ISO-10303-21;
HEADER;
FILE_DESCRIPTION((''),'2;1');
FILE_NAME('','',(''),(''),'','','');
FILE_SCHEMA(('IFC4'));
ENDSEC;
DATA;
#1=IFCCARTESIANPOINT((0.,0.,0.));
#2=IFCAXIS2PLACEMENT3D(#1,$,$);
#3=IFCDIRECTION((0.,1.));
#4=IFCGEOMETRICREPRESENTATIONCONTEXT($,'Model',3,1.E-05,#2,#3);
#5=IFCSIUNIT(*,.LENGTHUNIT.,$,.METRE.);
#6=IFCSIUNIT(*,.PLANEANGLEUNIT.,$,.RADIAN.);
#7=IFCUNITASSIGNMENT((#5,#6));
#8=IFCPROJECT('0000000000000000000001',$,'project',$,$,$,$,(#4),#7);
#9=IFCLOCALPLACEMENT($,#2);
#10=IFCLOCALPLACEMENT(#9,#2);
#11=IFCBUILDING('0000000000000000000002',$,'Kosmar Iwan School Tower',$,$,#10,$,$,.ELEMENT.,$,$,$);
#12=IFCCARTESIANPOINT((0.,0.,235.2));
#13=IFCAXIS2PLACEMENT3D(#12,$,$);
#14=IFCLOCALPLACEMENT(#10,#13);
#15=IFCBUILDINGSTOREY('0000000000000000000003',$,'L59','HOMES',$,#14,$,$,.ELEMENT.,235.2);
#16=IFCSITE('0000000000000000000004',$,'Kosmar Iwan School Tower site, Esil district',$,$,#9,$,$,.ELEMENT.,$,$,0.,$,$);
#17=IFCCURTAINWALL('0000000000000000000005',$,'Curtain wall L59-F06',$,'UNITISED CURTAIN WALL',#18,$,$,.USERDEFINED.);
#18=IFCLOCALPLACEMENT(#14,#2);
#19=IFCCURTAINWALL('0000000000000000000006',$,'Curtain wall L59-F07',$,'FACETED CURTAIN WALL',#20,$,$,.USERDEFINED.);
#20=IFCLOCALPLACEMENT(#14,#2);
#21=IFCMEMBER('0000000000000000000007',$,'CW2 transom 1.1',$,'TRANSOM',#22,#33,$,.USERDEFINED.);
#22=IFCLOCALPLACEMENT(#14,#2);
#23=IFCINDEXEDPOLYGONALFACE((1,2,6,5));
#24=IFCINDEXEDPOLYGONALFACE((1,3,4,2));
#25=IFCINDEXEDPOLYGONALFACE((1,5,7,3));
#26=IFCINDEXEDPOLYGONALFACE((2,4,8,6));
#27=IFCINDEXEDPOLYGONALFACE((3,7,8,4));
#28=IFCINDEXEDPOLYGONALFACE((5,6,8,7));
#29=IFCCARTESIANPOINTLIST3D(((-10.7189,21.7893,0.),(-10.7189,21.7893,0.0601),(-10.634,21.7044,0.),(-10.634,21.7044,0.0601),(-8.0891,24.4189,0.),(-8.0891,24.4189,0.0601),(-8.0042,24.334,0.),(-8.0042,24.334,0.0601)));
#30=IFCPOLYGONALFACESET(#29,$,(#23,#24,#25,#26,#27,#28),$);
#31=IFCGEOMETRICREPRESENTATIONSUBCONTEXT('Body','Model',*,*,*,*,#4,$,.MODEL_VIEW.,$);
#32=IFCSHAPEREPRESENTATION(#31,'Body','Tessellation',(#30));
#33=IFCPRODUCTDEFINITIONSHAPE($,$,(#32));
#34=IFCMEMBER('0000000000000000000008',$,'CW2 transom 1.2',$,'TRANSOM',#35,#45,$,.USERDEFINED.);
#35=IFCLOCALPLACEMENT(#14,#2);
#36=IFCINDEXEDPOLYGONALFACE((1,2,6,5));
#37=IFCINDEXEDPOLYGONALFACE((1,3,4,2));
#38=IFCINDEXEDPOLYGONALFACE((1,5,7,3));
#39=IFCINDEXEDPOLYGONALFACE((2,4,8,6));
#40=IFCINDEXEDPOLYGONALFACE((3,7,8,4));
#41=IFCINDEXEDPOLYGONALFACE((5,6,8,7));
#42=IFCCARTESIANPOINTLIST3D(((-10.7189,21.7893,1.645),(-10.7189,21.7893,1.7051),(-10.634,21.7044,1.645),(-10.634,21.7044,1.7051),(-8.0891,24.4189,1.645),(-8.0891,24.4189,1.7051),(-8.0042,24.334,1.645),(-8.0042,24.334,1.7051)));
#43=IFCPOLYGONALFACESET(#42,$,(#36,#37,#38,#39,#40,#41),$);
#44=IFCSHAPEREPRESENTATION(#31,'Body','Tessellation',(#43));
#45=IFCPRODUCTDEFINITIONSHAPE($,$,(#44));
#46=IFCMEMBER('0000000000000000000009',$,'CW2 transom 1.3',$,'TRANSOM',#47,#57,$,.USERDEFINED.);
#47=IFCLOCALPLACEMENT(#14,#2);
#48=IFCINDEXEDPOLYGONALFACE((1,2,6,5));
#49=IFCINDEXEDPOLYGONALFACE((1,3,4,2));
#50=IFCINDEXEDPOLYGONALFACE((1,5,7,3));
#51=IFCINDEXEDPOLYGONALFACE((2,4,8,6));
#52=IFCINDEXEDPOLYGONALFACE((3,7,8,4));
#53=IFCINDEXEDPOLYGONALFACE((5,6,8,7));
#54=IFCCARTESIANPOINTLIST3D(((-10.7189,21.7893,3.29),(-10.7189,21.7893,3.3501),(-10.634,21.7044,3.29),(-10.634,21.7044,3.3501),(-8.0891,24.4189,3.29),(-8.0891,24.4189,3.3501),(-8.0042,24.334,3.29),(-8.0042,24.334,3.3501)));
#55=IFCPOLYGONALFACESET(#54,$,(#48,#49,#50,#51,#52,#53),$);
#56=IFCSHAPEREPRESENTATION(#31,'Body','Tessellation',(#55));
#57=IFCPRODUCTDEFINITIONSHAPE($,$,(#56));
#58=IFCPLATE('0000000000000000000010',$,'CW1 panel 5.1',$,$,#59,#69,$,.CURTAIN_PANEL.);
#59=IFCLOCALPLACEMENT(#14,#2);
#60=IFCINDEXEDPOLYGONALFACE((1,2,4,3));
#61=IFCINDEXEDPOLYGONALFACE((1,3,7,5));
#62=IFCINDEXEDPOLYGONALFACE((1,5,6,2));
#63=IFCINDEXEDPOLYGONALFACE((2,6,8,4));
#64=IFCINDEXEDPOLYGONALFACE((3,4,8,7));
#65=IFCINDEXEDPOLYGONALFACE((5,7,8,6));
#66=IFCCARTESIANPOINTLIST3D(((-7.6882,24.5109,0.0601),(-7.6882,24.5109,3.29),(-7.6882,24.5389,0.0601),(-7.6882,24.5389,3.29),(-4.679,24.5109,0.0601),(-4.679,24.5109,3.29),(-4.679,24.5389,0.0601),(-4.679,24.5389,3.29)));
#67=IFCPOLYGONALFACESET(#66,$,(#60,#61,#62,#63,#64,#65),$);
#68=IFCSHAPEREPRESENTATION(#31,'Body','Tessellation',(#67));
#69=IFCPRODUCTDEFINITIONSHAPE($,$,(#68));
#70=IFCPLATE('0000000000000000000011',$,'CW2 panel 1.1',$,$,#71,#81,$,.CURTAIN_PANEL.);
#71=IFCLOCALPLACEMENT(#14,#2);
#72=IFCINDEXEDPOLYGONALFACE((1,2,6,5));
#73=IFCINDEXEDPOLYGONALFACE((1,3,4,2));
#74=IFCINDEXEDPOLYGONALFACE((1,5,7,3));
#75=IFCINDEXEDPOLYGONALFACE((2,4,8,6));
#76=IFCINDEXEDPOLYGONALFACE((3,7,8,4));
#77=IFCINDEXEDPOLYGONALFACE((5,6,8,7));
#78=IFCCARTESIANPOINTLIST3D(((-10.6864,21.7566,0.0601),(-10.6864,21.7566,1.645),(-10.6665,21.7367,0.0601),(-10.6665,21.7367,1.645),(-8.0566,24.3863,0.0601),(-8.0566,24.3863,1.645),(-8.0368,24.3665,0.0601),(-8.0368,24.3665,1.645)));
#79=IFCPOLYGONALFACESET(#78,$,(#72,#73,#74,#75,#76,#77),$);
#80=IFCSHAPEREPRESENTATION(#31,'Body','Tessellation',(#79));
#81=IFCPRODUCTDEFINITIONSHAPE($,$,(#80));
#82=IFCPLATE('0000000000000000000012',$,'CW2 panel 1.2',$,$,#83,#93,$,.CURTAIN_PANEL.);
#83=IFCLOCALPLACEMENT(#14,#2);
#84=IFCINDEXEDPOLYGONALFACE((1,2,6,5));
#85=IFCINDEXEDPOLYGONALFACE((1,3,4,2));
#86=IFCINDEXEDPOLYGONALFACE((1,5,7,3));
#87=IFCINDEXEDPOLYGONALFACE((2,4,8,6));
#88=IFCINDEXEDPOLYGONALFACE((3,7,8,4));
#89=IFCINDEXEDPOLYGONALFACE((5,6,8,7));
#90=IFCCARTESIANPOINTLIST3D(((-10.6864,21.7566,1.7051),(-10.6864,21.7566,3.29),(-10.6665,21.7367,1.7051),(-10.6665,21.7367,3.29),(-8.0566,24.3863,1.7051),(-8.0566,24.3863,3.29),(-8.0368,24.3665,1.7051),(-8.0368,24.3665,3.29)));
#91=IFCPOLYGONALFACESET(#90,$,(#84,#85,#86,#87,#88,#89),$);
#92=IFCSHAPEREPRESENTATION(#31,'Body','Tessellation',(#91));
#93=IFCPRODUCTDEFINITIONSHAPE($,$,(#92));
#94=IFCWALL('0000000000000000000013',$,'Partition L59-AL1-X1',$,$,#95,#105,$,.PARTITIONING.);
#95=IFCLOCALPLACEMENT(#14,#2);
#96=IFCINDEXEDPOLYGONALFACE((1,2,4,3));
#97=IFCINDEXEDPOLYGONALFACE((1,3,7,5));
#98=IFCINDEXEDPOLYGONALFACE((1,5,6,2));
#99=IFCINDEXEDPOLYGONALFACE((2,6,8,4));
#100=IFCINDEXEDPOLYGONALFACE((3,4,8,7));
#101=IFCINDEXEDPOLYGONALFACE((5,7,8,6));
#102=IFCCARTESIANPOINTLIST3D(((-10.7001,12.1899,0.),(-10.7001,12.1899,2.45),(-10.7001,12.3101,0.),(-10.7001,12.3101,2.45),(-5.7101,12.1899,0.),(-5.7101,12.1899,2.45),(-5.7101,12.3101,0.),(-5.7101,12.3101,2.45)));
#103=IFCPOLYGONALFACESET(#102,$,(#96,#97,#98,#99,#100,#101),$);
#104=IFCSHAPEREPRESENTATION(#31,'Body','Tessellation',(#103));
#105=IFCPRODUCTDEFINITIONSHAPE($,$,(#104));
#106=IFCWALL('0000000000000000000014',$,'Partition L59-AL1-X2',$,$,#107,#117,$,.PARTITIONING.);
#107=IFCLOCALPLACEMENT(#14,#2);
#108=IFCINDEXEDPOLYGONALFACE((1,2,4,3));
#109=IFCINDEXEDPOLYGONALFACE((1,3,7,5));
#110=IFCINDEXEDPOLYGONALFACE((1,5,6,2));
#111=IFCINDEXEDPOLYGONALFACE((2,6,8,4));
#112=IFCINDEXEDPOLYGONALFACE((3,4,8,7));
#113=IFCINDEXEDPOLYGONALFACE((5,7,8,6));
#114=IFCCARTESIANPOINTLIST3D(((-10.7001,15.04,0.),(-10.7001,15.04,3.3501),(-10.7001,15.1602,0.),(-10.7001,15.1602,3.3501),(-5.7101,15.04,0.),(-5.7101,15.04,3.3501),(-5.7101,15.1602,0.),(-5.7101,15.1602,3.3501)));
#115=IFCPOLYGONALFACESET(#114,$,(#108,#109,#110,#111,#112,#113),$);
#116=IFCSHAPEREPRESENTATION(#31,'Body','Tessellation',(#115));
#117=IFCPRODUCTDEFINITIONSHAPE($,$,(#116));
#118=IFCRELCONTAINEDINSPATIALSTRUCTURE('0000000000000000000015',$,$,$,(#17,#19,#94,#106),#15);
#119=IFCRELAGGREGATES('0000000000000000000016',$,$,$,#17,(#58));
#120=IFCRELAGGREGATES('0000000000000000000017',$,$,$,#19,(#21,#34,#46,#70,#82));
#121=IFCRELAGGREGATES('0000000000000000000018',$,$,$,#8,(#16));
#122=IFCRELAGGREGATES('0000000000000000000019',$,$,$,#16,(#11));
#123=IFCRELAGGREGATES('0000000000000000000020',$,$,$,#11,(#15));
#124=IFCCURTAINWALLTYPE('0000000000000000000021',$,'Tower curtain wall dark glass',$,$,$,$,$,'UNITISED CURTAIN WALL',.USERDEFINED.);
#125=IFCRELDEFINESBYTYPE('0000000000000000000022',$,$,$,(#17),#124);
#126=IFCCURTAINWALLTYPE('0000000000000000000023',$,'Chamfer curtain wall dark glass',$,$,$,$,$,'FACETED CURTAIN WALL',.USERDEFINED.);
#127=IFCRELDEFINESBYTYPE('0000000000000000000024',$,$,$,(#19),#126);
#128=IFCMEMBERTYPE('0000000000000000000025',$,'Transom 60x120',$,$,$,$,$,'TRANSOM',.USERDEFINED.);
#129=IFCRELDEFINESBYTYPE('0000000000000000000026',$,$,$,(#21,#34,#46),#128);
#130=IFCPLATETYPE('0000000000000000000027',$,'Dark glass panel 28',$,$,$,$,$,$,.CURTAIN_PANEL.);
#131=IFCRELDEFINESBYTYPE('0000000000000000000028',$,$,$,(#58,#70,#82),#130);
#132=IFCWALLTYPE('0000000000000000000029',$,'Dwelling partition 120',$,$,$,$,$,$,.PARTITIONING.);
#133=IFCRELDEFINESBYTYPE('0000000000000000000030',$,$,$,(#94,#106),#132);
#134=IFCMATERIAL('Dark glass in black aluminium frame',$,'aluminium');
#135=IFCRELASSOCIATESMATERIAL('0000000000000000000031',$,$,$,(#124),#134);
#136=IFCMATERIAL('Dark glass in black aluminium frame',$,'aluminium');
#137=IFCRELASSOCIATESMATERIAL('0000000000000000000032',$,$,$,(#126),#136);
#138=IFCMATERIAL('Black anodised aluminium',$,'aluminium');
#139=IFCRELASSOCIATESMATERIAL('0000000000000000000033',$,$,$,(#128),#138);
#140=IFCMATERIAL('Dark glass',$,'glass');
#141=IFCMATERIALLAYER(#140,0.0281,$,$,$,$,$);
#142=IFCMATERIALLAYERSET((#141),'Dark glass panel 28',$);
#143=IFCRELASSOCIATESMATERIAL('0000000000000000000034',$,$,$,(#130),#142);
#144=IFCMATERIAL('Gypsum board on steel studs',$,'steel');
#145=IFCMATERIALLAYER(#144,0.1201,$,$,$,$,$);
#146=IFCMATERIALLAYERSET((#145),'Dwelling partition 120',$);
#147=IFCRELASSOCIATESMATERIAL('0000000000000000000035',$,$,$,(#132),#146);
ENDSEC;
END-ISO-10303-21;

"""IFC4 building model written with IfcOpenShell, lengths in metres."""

from ifc_helpers import new_model, si_unit, direction, frame, frame_2d, origin, origin_2d, place, context, subcontext, project, spatial, rectangle, extrude, material, layer, layer_set, material_profile, profile_set, type_object, element, aggregate, save


model = new_model("IFC4")

# Units and contexts
model_context = context("Model", 3, precision=1e-05, world=origin(), true_north=direction((0.0, 1.0)))
body_context = subcontext(model_context, "Body", "Model", "MODEL_VIEW")
ifc_project = project(units=[si_unit("LENGTHUNIT", "METRE"), si_unit("PLANEANGLEUNIT", "RADIAN")], contexts=[model_context])

# Site, building, storey
site_placement = place(None, origin())
site = spatial("IfcSite", under=ifc_project, at=site_placement, Name="Kosmar Iwan School Tower site, Esil district", CompositionType="ELEMENT", RefElevation=0.0)
building_placement = place(site_placement, origin())
building = spatial("IfcBuilding", under=site, at=building_placement, Name="Kosmar Iwan School Tower", CompositionType="ELEMENT")
storey_placement = place(building_placement, frame((0.0, 0.0, 235.2)))
storey = spatial("IfcBuildingStorey", under=building, at=storey_placement, Name="L59", Description="HOMES", CompositionType="ELEMENT", Elevation=235.2)

# Curtain wall
ifc_material_1 = material(Name="Dark glass in black aluminium frame", Category="aluminium")
curtain_wall_type_1 = type_object("IfcCurtainWallType", Name="Tower curtain wall dark glass", ElementType="UNITISED CURTAIN WALL", PredefinedType="USERDEFINED", material=ifc_material_1)
curtain_wall_1_placement = place(storey_placement, origin())
curtain_wall_1 = element("IfcCurtainWall", 1, at=curtain_wall_1_placement, inside=storey, type_object=curtain_wall_type_1, Name="Curtain wall L59-F06", ObjectType="UNITISED CURTAIN WALL", PredefinedType="USERDEFINED")

# Curtain wall
ifc_material_2 = material(Name="Dark glass in black aluminium frame", Category="aluminium")
curtain_wall_type_2 = type_object("IfcCurtainWallType", Name="Chamfer curtain wall dark glass", ElementType="FACETED CURTAIN WALL", PredefinedType="USERDEFINED", material=ifc_material_2)
curtain_wall_2_placement = place(storey_placement, origin())
curtain_wall_2 = element("IfcCurtainWall", 2, at=curtain_wall_2_placement, inside=storey, type_object=curtain_wall_type_2, Name="Curtain wall L59-F07", ObjectType="FACETED CURTAIN WALL", PredefinedType="USERDEFINED")

# Members
ifc_material_3 = material(Name="Black anodised aluminium", Category="aluminium")
ifc_material_profile_1 = material_profile(ifc_material_3, rectangle(XDim=0.1201, YDim=0.0601, at=origin_2d()), Name="TRANSOM 60x120")
ifc_profile_set_1 = profile_set([ifc_material_profile_1], Name="Black anodised aluminium")
member_type_1 = type_object("IfcMemberType", Name="Transom 60x120", ElementType="TRANSOM", PredefinedType="USERDEFINED", material=ifc_profile_set_1)
member_1_placement = place(storey_placement, frame((-8.0466, 24.3765, 0.03), z_axis=(-0.70714, -0.707074, 0.0), x_axis=(0.707074, -0.70714, 0.0)))
member_1 = element("IfcMember", 3, at=member_1_placement, type_object=member_type_1, Name="CW2 transom 1.1", ObjectType="TRANSOM", PredefinedType="USERDEFINED", context=body_context, shape_type="SweptSolid", body=[
    extrude(rectangle(XDim=0.1201, YDim=0.0601, at=origin_2d()), origin(), (0.0, 0.0, 1.0), 3.719),
])
member_2_placement = place(storey_placement, frame((-8.0466, 24.3765, 1.675), z_axis=(-0.70714, -0.707074, 0.0), x_axis=(0.707074, -0.70714, 0.0)))
member_2 = element("IfcMember", 4, at=member_2_placement, type_object=member_type_1, Name="CW2 transom 1.2", ObjectType="TRANSOM", PredefinedType="USERDEFINED", context=body_context, shape_type="SweptSolid", body=[
    extrude(rectangle(XDim=0.1201, YDim=0.0601, at=origin_2d()), origin(), (0.0, 0.0, 1.0), 3.719),
])
member_3_placement = place(storey_placement, frame((-8.0466, 24.3765, 3.3201), z_axis=(-0.70714, -0.707074, 0.0), x_axis=(0.707074, -0.70714, 0.0)))
member_3 = element("IfcMember", 5, at=member_3_placement, type_object=member_type_1, Name="CW2 transom 1.3", ObjectType="TRANSOM", PredefinedType="USERDEFINED", context=body_context, shape_type="SweptSolid", body=[
    extrude(rectangle(XDim=0.1201, YDim=0.0601, at=origin_2d()), origin(), (0.0, 0.0, 1.0), 3.719),
])

# Plates
ifc_material_4 = material(Name="Dark glass", Category="glass")
ifc_layer_1 = layer(ifc_material_4, 0.0281)
ifc_layer_set_1 = layer_set([ifc_layer_1], Name="Dark glass panel 28")
plate_type = type_object("IfcPlateType", Name="Dark glass panel 28", PredefinedType="CURTAIN_PANEL", material=ifc_layer_set_1)
plate_1_placement = place(storey_placement, frame((-6.1836, 24.5249, 0.0601), z_axis=(0.0, 0.0, 1.0), x_axis=(-1.0, 0.0, 0.0)))
plate_1 = element("IfcPlate", 6, at=plate_1_placement, type_object=plate_type, Name="CW1 panel 5.1", PredefinedType="CURTAIN_PANEL", context=body_context, shape_type="SweptSolid", body=[
    extrude(rectangle(XDim=3.0093, YDim=0.0281, at=origin_2d()), origin(), (0.0, 0.0, 1.0), 3.23),
])
aggregate(curtain_wall_1, [plate_1])
plate_2_placement = place(storey_placement, frame((-9.3616, 23.0615, 0.0601), z_axis=(0.0, 0.0, 1.0), x_axis=(-0.707107, -0.707107, 0.0)))
plate_2 = element("IfcPlate", 7, at=plate_2_placement, type_object=plate_type, Name="CW2 panel 1.1", PredefinedType="CURTAIN_PANEL", context=body_context, shape_type="SweptSolid", body=[
    extrude(rectangle(XDim=3.719, YDim=0.0281, at=origin_2d()), origin(), (0.0, 0.0, 1.0), 1.585),
])
plate_3_placement = place(storey_placement, frame((-9.3616, 23.0615, 1.7051), z_axis=(0.0, 0.0, 1.0), x_axis=(-0.707107, -0.707107, 0.0)))
plate_3 = element("IfcPlate", 8, at=plate_3_placement, type_object=plate_type, Name="CW2 panel 1.2", PredefinedType="CURTAIN_PANEL", context=body_context, shape_type="SweptSolid", body=[
    extrude(rectangle(XDim=3.719, YDim=0.0281, at=origin_2d()), origin(), (0.0, 0.0, 1.0), 1.585),
])
aggregate(curtain_wall_2, [member_1, member_2, member_3, plate_2, plate_3])

# Walls
ifc_material_5 = material(Name="Gypsum board on steel studs", Category="steel")
ifc_layer_2 = layer(ifc_material_5, 0.1201)
ifc_layer_set_2 = layer_set([ifc_layer_2], Name="Dwelling partition 120")
wall_type = type_object("IfcWallType", Name="Dwelling partition 120", PredefinedType="PARTITIONING", material=ifc_layer_set_2)
wall_1_placement = place(storey_placement, frame((-5.71, 12.25, 0.0), z_axis=(0.0, 0.0, 1.0), x_axis=(-1.0, 0.0, 0.0)))
element("IfcWall", 9, at=wall_1_placement, inside=storey, type_object=wall_type, Name="Partition L59-AL1-X1", PredefinedType="PARTITIONING", context=body_context, shape_type="SweptSolid", body=[
    extrude(rectangle(XDim=4.99, YDim=0.1201, at=frame_2d((2.4951, 0.0))), origin(), (0.0, 0.0, 1.0), 2.45),
])
wall_2_placement = place(storey_placement, frame((-5.71, 15.1001, 0.0), z_axis=(0.0, 0.0, 1.0), x_axis=(-1.0, 0.0, 0.0)))
element("IfcWall", 10, at=wall_2_placement, inside=storey, type_object=wall_type, Name="Partition L59-AL1-X2", PredefinedType="PARTITIONING", context=body_context, shape_type="SweptSolid", body=[
    extrude(rectangle(XDim=4.99, YDim=0.1201, at=frame_2d((2.4951, 0.0))), origin(), (0.0, 0.0, 1.0), 3.3501),
])

save(model, "model.ifc")
